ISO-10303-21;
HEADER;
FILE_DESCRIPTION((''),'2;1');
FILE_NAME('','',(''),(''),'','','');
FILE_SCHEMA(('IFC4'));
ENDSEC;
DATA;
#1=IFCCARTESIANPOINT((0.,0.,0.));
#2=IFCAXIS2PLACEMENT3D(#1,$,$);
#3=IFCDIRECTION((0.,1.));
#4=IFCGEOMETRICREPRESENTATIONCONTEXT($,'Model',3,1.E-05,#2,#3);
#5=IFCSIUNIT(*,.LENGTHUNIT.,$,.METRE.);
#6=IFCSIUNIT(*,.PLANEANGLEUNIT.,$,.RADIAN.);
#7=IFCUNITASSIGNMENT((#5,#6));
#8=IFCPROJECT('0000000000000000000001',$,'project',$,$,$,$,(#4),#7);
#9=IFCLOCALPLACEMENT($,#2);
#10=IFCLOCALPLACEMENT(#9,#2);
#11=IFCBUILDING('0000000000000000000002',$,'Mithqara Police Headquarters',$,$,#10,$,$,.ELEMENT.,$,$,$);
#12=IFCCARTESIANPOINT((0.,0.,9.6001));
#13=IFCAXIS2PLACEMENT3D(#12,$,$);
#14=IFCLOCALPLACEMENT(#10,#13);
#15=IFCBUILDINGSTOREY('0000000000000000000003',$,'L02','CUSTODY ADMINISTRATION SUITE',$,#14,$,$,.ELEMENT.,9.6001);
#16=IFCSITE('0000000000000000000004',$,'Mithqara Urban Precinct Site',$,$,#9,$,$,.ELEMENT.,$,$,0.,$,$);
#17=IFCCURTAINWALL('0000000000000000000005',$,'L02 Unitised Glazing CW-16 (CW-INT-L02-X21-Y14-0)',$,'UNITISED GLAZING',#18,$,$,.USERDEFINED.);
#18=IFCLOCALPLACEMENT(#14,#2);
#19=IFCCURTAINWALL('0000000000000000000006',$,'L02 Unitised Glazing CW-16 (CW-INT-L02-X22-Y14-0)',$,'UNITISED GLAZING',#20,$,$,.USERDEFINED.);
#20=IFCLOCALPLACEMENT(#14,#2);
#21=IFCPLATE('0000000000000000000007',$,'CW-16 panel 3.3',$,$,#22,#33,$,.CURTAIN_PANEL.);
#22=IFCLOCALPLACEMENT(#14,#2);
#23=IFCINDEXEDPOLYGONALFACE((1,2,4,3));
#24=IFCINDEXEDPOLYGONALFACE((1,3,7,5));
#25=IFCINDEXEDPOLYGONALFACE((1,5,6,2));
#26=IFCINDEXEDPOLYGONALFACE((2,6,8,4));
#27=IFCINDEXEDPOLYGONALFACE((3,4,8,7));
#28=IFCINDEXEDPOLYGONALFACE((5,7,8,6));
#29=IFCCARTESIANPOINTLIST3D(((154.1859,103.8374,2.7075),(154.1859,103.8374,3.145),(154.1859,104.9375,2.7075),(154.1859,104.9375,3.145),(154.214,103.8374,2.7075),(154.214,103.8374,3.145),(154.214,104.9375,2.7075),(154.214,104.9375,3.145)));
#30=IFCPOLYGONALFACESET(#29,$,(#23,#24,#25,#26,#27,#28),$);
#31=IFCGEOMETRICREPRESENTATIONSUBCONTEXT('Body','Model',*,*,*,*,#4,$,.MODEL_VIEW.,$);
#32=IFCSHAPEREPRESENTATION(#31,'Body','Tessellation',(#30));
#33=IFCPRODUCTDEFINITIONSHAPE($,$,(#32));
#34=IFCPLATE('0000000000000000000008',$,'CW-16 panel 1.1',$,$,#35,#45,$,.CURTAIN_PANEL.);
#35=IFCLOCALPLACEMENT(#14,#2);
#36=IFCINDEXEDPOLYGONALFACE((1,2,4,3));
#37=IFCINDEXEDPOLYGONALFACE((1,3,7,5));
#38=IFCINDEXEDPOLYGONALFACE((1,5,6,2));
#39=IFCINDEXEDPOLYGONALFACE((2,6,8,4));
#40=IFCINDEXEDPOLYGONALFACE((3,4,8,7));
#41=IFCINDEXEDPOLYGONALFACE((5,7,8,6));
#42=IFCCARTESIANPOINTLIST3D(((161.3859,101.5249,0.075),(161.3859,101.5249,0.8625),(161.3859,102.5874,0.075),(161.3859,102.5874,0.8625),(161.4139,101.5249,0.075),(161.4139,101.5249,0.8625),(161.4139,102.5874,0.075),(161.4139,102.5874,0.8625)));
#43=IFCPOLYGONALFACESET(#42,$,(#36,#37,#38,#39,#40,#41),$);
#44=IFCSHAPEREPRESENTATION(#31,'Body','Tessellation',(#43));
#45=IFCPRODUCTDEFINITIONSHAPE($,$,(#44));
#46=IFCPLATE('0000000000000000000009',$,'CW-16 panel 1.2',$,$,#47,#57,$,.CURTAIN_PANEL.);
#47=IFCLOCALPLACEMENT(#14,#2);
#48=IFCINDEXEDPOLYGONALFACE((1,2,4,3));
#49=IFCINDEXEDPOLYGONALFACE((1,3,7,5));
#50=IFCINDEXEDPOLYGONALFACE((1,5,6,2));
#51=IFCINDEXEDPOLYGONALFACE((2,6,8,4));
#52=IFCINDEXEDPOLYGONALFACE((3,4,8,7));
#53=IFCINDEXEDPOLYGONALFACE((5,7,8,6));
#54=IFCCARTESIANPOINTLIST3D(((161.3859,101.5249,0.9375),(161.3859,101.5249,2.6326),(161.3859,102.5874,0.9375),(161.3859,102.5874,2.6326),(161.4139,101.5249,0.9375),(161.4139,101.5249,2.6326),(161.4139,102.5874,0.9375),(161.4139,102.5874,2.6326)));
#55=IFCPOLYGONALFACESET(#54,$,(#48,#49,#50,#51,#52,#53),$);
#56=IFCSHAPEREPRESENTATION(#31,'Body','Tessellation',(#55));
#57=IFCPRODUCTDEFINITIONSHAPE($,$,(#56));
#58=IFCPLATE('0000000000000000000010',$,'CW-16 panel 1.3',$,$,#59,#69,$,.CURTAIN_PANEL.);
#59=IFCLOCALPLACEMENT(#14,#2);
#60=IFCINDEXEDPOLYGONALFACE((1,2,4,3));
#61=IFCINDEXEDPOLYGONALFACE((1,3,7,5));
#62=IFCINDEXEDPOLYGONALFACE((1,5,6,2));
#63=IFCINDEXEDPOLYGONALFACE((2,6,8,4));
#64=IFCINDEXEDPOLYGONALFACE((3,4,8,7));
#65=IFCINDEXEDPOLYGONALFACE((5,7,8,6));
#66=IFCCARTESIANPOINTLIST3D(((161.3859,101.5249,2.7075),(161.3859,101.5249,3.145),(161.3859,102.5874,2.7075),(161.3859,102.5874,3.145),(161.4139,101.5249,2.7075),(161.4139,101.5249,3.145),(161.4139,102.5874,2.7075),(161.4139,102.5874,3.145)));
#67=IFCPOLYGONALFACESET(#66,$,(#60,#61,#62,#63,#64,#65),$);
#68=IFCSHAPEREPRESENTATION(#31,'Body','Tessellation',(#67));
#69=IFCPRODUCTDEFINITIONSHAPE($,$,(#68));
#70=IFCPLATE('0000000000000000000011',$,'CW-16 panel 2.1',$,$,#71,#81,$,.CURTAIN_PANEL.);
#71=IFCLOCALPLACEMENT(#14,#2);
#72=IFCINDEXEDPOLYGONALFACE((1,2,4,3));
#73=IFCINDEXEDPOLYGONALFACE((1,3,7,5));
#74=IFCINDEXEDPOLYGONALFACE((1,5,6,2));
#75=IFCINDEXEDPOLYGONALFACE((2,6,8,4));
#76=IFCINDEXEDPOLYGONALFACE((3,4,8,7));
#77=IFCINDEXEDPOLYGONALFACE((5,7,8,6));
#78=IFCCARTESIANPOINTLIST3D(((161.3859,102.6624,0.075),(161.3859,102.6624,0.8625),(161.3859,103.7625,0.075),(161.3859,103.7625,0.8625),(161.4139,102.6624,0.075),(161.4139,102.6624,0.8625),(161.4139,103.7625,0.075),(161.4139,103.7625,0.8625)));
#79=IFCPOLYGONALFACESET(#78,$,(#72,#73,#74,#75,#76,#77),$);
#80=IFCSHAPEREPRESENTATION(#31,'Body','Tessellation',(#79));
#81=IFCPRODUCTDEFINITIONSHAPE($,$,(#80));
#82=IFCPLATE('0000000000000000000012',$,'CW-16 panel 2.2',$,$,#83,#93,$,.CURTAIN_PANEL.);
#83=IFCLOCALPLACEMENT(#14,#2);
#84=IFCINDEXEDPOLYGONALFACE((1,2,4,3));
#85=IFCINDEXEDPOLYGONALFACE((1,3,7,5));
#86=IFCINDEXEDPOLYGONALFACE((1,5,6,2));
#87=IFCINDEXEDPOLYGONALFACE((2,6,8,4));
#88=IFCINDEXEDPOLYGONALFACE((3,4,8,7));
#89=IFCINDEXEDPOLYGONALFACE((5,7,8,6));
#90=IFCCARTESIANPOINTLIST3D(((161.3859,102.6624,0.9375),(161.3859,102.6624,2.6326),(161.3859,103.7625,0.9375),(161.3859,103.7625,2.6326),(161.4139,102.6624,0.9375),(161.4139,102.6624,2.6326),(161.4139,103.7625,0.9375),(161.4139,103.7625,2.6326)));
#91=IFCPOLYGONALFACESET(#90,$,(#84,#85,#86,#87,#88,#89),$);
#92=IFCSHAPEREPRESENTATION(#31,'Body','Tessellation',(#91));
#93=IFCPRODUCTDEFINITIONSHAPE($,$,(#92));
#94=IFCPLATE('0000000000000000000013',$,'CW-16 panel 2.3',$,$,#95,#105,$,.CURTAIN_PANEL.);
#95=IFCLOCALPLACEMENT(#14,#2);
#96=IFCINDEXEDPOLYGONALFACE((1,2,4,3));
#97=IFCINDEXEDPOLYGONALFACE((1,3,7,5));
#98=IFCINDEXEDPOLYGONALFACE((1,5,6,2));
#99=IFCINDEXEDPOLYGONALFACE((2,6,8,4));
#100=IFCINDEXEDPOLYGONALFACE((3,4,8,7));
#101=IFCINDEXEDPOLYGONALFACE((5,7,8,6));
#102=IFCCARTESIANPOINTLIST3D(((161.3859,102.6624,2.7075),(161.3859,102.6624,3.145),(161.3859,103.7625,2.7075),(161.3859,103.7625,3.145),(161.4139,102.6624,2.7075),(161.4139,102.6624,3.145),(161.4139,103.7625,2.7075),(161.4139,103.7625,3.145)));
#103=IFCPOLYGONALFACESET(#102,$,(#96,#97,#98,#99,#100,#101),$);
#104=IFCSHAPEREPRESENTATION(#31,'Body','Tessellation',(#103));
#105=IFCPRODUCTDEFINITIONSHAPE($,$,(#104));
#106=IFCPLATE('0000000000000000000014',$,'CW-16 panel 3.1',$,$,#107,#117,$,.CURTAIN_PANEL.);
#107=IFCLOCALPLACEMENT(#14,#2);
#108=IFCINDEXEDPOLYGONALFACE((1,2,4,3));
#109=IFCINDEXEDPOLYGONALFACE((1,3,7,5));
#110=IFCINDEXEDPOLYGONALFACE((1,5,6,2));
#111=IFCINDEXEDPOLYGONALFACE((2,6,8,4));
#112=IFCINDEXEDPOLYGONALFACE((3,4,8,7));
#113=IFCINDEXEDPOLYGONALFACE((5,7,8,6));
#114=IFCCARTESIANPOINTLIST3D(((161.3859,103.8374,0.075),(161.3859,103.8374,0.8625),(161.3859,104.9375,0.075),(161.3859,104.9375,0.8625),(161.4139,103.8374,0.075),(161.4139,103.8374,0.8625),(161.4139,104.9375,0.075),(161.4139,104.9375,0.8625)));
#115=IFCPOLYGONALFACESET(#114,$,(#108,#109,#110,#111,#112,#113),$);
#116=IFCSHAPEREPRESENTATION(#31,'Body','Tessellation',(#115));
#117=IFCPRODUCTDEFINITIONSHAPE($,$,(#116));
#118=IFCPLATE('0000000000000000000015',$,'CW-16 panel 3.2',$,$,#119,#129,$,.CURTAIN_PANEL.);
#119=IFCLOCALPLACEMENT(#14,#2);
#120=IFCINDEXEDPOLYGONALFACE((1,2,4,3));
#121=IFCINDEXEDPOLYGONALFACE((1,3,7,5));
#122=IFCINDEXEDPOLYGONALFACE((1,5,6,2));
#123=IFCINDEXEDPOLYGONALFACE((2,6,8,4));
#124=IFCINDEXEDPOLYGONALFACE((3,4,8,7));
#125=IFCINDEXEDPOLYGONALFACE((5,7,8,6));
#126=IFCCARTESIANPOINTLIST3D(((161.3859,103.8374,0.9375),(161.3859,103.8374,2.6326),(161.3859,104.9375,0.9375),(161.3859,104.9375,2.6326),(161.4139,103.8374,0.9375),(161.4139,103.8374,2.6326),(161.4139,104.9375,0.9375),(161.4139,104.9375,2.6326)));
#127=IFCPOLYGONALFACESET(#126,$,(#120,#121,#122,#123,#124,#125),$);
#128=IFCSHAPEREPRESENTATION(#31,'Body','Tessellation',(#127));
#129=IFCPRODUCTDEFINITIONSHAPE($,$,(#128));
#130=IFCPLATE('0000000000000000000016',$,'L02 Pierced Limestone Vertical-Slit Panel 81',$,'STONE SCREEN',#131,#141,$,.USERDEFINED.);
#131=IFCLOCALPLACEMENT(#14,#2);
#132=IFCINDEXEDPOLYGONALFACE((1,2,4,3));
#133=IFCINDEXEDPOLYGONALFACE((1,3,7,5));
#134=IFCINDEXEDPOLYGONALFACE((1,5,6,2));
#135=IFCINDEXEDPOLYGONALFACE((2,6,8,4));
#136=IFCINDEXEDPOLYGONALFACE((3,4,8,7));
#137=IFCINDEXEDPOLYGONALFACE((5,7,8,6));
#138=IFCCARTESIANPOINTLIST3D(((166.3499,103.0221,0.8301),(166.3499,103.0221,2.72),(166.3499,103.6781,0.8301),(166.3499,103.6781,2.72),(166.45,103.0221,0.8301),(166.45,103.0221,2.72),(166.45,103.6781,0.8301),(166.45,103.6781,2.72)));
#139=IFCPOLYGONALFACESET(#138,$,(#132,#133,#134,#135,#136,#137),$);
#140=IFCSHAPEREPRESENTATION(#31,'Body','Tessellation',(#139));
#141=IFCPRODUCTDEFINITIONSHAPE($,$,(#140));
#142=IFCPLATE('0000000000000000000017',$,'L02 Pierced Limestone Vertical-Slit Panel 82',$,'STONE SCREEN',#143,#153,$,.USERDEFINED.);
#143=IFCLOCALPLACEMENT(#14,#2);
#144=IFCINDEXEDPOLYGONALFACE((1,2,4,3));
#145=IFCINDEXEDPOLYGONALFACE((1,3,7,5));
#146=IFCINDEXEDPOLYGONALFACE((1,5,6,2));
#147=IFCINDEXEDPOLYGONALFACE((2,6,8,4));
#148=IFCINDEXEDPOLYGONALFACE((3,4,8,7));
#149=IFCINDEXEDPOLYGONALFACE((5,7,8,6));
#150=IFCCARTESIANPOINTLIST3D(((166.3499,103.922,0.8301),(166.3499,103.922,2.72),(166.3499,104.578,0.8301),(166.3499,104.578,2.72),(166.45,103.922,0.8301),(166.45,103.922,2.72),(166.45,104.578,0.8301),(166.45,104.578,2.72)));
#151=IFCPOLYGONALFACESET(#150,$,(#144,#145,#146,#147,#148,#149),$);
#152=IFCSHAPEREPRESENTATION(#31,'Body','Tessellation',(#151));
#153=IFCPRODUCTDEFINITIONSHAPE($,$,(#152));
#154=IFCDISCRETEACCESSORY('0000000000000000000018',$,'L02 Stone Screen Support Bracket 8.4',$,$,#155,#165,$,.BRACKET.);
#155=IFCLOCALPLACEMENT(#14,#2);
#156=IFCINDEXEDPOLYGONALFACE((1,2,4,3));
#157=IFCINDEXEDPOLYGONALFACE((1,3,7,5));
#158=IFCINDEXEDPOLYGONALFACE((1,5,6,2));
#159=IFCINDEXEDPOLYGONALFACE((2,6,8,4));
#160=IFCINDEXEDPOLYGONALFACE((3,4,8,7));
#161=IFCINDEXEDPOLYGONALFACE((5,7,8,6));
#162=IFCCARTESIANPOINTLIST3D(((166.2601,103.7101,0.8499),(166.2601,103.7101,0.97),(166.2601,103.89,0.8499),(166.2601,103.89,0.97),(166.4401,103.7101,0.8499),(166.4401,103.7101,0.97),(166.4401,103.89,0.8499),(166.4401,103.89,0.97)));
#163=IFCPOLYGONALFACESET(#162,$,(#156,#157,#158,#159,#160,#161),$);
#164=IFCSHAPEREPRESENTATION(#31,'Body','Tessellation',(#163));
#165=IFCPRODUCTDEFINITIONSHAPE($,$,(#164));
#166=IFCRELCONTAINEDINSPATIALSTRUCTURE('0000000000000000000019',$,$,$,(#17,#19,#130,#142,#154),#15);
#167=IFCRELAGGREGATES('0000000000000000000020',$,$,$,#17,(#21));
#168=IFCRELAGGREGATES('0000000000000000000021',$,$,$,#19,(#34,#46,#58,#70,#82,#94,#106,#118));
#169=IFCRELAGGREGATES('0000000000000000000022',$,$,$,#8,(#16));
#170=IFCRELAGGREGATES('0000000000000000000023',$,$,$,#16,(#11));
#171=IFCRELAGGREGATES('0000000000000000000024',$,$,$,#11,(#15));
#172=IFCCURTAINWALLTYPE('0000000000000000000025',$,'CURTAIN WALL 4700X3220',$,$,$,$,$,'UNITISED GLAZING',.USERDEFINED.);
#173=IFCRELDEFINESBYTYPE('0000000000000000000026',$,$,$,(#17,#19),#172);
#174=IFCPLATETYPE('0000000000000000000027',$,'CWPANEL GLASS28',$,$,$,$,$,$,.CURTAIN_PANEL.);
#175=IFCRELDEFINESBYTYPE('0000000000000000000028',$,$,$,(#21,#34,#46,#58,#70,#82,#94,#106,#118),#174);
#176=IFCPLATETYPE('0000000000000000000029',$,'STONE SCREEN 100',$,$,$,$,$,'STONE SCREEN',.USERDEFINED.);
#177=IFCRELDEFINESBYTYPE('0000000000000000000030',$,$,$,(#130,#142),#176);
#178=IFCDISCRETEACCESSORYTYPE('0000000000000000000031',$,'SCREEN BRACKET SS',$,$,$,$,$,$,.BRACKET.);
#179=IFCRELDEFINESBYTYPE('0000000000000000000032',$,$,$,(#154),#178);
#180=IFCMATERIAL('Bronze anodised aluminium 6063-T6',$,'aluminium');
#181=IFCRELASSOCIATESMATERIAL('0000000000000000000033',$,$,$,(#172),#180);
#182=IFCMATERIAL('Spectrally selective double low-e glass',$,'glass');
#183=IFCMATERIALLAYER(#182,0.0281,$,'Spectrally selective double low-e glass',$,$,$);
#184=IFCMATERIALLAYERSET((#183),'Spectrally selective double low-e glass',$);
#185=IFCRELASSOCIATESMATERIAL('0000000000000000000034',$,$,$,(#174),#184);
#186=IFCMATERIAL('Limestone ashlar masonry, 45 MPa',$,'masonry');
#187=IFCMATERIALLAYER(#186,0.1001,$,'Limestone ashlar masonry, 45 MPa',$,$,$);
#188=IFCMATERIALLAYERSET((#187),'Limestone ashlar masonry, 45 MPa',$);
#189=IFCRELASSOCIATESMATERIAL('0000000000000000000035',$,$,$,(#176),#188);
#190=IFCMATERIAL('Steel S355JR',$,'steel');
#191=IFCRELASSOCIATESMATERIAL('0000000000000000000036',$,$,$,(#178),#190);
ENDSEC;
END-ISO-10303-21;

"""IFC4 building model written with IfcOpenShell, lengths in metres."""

from ifc_helpers import new_model, si_unit, direction, frame, origin, origin_2d, place, context, subcontext, project, spatial, rectangle, extrude, material, layer, layer_set, type_object, element, aggregate, save


model = new_model("IFC4")

# Units and contexts
model_context = context("Model", 3, precision=1e-05, world=origin(), true_north=direction((0.0, 1.0)))
body_context = subcontext(model_context, "Body", "Model", "MODEL_VIEW")
ifc_project = project(units=[si_unit("LENGTHUNIT", "METRE"), si_unit("PLANEANGLEUNIT", "RADIAN")], contexts=[model_context])

# Site, building, storey
site_placement = place(None, origin())
site = spatial("IfcSite", under=ifc_project, at=site_placement, Name="Mithqara Urban Precinct Site", CompositionType="ELEMENT", RefElevation=0.0)
building_placement = place(site_placement, origin())
building = spatial("IfcBuilding", under=site, at=building_placement, Name="Mithqara Police Headquarters", CompositionType="ELEMENT")
storey_placement = place(building_placement, frame((0.0, 0.0, 9.6001)))
storey = spatial("IfcBuildingStorey", under=building, at=storey_placement, Name="L02", Description="CUSTODY ADMINISTRATION SUITE", CompositionType="ELEMENT", Elevation=9.6001)

# Shared definitions
ifc_material_1 = material(Name="Steel S355JR", Category="steel")

# Curtain walls
ifc_material_2 = material(Name="Bronze anodised aluminium 6063-T6", Category="aluminium")
curtain_wall_type = type_object("IfcCurtainWallType", Name="CURTAIN WALL 4700X3220", ElementType="UNITISED GLAZING", PredefinedType="USERDEFINED", material=ifc_material_2)
curtain_wall_1_placement = place(storey_placement, origin())
curtain_wall_1 = element("IfcCurtainWall", 1, at=curtain_wall_1_placement, inside=storey, type_object=curtain_wall_type, Name="L02 Unitised Glazing CW-16 (CW-INT-L02-X21-Y14-0)", ObjectType="UNITISED GLAZING", PredefinedType="USERDEFINED")
curtain_wall_2_placement = place(storey_placement, origin())
curtain_wall_2 = element("IfcCurtainWall", 2, at=curtain_wall_2_placement, inside=storey, type_object=curtain_wall_type, Name="L02 Unitised Glazing CW-16 (CW-INT-L02-X22-Y14-0)", ObjectType="UNITISED GLAZING", PredefinedType="USERDEFINED")

# Plates
ifc_material_3 = material(Name="Spectrally selective double low-e glass", Category="glass")
ifc_layer_1 = layer(ifc_material_3, 0.0281, Name="Spectrally selective double low-e glass")
ifc_layer_set_1 = layer_set([ifc_layer_1], Name="Spectrally selective double low-e glass")
plate_type_1 = type_object("IfcPlateType", Name="CWPANEL GLASS28", PredefinedType="CURTAIN_PANEL", material=ifc_layer_set_1)
plate_1_placement = place(storey_placement, frame((154.2, 104.3875, 2.7075), z_axis=(0.0, 0.0, 1.0), x_axis=(0.0, 1.0, 0.0)))
plate_1 = element("IfcPlate", 3, at=plate_1_placement, type_object=plate_type_1, Name="CW-16 panel 3.3", PredefinedType="CURTAIN_PANEL", context=body_context, shape_type="SweptSolid", body=[
    extrude(rectangle(XDim=1.1001, YDim=0.0281, at=origin_2d()), origin(), (0.0, 0.0, 1.0), 0.4375),
])
aggregate(curtain_wall_1, [plate_1])
plate_2_placement = place(storey_placement, frame((161.3999, 102.0562, 0.075), z_axis=(0.0, 0.0, 1.0), x_axis=(0.0, 1.0, 0.0)))
plate_2 = element("IfcPlate", 4, at=plate_2_placement, type_object=plate_type_1, Name="CW-16 panel 1.1", PredefinedType="CURTAIN_PANEL", context=body_context, shape_type="SweptSolid", body=[
    extrude(rectangle(XDim=1.0625, YDim=0.0281, at=origin_2d()), origin(), (0.0, 0.0, 1.0), 0.7876),
])
plate_3_placement = place(storey_placement, frame((161.3999, 102.0562, 0.9375), z_axis=(0.0, 0.0, 1.0), x_axis=(0.0, 1.0, 0.0)))
plate_3 = element("IfcPlate", 5, at=plate_3_placement, type_object=plate_type_1, Name="CW-16 panel 1.2", PredefinedType="CURTAIN_PANEL", context=body_context, shape_type="SweptSolid", body=[
    extrude(rectangle(XDim=1.0625, YDim=0.0281, at=origin_2d()), origin(), (0.0, 0.0, 1.0), 1.6951),
])
plate_4_placement = place(storey_placement, frame((161.3999, 102.0562, 2.7075), z_axis=(0.0, 0.0, 1.0), x_axis=(0.0, 1.0, 0.0)))
plate_4 = element("IfcPlate", 6, at=plate_4_placement, type_object=plate_type_1, Name="CW-16 panel 1.3", PredefinedType="CURTAIN_PANEL", context=body_context, shape_type="SweptSolid", body=[
    extrude(rectangle(XDim=1.0625, YDim=0.0281, at=origin_2d()), origin(), (0.0, 0.0, 1.0), 0.4375),
])
plate_5_placement = place(storey_placement, frame((161.3999, 103.2124, 0.075), z_axis=(0.0, 0.0, 1.0), x_axis=(0.0, 1.0, 0.0)))
plate_5 = element("IfcPlate", 7, at=plate_5_placement, type_object=plate_type_1, Name="CW-16 panel 2.1", PredefinedType="CURTAIN_PANEL", context=body_context, shape_type="SweptSolid", body=[
    extrude(rectangle(XDim=1.1001, YDim=0.0281, at=origin_2d()), origin(), (0.0, 0.0, 1.0), 0.7876),
])
plate_6_placement = place(storey_placement, frame((161.3999, 103.2124, 0.9375), z_axis=(0.0, 0.0, 1.0), x_axis=(0.0, 1.0, 0.0)))
plate_6 = element("IfcPlate", 8, at=plate_6_placement, type_object=plate_type_1, Name="CW-16 panel 2.2", PredefinedType="CURTAIN_PANEL", context=body_context, shape_type="SweptSolid", body=[
    extrude(rectangle(XDim=1.1001, YDim=0.0281, at=origin_2d()), origin(), (0.0, 0.0, 1.0), 1.6951),
])
plate_7_placement = place(storey_placement, frame((161.3999, 103.2124, 2.7075), z_axis=(0.0, 0.0, 1.0), x_axis=(0.0, 1.0, 0.0)))
plate_7 = element("IfcPlate", 9, at=plate_7_placement, type_object=plate_type_1, Name="CW-16 panel 2.3", PredefinedType="CURTAIN_PANEL", context=body_context, shape_type="SweptSolid", body=[
    extrude(rectangle(XDim=1.1001, YDim=0.0281, at=origin_2d()), origin(), (0.0, 0.0, 1.0), 0.4375),
])
plate_8_placement = place(storey_placement, frame((161.3999, 104.3875, 0.075), z_axis=(0.0, 0.0, 1.0), x_axis=(0.0, 1.0, 0.0)))
plate_8 = element("IfcPlate", 10, at=plate_8_placement, type_object=plate_type_1, Name="CW-16 panel 3.1", PredefinedType="CURTAIN_PANEL", context=body_context, shape_type="SweptSolid", body=[
    extrude(rectangle(XDim=1.1001, YDim=0.0281, at=origin_2d()), origin(), (0.0, 0.0, 1.0), 0.7876),
])
plate_9_placement = place(storey_placement, frame((161.3999, 104.3875, 0.9375), z_axis=(0.0, 0.0, 1.0), x_axis=(0.0, 1.0, 0.0)))
plate_9 = element("IfcPlate", 11, at=plate_9_placement, type_object=plate_type_1, Name="CW-16 panel 3.2", PredefinedType="CURTAIN_PANEL", context=body_context, shape_type="SweptSolid", body=[
    extrude(rectangle(XDim=1.1001, YDim=0.0281, at=origin_2d()), origin(), (0.0, 0.0, 1.0), 1.6951),
])
aggregate(curtain_wall_2, [plate_2, plate_3, plate_4, plate_5, plate_6, plate_7, plate_8, plate_9])

# Plates
ifc_material_4 = material(Name="Limestone ashlar masonry, 45 MPa", Category="masonry")
ifc_layer_2 = layer(ifc_material_4, 0.1001, Name="Limestone ashlar masonry, 45 MPa")
ifc_layer_set_2 = layer_set([ifc_layer_2], Name="Limestone ashlar masonry, 45 MPa")
plate_type_2 = type_object("IfcPlateType", Name="STONE SCREEN 100", ElementType="STONE SCREEN", PredefinedType="USERDEFINED", material=ifc_layer_set_2)
for number, where, z_axis, x_axis, name in (
    (12, (166.3999, 103.3501, 0.8301), (0.0, 0.0, 1.0), (0.0, 1.0, 0.0), "L02 Pierced Limestone Vertical-Slit Panel 81"),
    (13, (166.3999, 104.25, 0.8301), (0.0, 0.0, 1.0), (0.0, 1.0, 0.0), "L02 Pierced Limestone Vertical-Slit Panel 82"),
):
    element("IfcPlate", number, at=place(storey_placement, frame(where, z_axis=z_axis, x_axis=x_axis)), inside=storey, type_object=plate_type_2, Name=name, ObjectType="STONE SCREEN", PredefinedType="USERDEFINED", context=body_context, shape_type="SweptSolid", body=[
        extrude(rectangle(XDim=0.656, YDim=0.1001, at=origin_2d()), origin(), (0.0, 0.0, 1.0), 1.8899),
    ])

# Discrete accessory
discrete_accessory_type = type_object("IfcDiscreteAccessoryType", Name="SCREEN BRACKET SS", PredefinedType="BRACKET", material=ifc_material_1)
discrete_accessory_placement = place(storey_placement, frame((166.3501, 103.8, 0.8499), z_axis=(0.0, 0.0, 1.0), x_axis=(0.0, 1.0, 0.0)))
element("IfcDiscreteAccessory", 14, at=discrete_accessory_placement, inside=storey, type_object=discrete_accessory_type, Name="L02 Stone Screen Support Bracket 8.4", PredefinedType="BRACKET", context=body_context, shape_type="SweptSolid", body=[
    extrude(rectangle(XDim=0.1799, YDim=0.1799, at=origin_2d()), origin(), (0.0, 0.0, 1.0), 0.1201),
])

save(model, "model.ifc")
